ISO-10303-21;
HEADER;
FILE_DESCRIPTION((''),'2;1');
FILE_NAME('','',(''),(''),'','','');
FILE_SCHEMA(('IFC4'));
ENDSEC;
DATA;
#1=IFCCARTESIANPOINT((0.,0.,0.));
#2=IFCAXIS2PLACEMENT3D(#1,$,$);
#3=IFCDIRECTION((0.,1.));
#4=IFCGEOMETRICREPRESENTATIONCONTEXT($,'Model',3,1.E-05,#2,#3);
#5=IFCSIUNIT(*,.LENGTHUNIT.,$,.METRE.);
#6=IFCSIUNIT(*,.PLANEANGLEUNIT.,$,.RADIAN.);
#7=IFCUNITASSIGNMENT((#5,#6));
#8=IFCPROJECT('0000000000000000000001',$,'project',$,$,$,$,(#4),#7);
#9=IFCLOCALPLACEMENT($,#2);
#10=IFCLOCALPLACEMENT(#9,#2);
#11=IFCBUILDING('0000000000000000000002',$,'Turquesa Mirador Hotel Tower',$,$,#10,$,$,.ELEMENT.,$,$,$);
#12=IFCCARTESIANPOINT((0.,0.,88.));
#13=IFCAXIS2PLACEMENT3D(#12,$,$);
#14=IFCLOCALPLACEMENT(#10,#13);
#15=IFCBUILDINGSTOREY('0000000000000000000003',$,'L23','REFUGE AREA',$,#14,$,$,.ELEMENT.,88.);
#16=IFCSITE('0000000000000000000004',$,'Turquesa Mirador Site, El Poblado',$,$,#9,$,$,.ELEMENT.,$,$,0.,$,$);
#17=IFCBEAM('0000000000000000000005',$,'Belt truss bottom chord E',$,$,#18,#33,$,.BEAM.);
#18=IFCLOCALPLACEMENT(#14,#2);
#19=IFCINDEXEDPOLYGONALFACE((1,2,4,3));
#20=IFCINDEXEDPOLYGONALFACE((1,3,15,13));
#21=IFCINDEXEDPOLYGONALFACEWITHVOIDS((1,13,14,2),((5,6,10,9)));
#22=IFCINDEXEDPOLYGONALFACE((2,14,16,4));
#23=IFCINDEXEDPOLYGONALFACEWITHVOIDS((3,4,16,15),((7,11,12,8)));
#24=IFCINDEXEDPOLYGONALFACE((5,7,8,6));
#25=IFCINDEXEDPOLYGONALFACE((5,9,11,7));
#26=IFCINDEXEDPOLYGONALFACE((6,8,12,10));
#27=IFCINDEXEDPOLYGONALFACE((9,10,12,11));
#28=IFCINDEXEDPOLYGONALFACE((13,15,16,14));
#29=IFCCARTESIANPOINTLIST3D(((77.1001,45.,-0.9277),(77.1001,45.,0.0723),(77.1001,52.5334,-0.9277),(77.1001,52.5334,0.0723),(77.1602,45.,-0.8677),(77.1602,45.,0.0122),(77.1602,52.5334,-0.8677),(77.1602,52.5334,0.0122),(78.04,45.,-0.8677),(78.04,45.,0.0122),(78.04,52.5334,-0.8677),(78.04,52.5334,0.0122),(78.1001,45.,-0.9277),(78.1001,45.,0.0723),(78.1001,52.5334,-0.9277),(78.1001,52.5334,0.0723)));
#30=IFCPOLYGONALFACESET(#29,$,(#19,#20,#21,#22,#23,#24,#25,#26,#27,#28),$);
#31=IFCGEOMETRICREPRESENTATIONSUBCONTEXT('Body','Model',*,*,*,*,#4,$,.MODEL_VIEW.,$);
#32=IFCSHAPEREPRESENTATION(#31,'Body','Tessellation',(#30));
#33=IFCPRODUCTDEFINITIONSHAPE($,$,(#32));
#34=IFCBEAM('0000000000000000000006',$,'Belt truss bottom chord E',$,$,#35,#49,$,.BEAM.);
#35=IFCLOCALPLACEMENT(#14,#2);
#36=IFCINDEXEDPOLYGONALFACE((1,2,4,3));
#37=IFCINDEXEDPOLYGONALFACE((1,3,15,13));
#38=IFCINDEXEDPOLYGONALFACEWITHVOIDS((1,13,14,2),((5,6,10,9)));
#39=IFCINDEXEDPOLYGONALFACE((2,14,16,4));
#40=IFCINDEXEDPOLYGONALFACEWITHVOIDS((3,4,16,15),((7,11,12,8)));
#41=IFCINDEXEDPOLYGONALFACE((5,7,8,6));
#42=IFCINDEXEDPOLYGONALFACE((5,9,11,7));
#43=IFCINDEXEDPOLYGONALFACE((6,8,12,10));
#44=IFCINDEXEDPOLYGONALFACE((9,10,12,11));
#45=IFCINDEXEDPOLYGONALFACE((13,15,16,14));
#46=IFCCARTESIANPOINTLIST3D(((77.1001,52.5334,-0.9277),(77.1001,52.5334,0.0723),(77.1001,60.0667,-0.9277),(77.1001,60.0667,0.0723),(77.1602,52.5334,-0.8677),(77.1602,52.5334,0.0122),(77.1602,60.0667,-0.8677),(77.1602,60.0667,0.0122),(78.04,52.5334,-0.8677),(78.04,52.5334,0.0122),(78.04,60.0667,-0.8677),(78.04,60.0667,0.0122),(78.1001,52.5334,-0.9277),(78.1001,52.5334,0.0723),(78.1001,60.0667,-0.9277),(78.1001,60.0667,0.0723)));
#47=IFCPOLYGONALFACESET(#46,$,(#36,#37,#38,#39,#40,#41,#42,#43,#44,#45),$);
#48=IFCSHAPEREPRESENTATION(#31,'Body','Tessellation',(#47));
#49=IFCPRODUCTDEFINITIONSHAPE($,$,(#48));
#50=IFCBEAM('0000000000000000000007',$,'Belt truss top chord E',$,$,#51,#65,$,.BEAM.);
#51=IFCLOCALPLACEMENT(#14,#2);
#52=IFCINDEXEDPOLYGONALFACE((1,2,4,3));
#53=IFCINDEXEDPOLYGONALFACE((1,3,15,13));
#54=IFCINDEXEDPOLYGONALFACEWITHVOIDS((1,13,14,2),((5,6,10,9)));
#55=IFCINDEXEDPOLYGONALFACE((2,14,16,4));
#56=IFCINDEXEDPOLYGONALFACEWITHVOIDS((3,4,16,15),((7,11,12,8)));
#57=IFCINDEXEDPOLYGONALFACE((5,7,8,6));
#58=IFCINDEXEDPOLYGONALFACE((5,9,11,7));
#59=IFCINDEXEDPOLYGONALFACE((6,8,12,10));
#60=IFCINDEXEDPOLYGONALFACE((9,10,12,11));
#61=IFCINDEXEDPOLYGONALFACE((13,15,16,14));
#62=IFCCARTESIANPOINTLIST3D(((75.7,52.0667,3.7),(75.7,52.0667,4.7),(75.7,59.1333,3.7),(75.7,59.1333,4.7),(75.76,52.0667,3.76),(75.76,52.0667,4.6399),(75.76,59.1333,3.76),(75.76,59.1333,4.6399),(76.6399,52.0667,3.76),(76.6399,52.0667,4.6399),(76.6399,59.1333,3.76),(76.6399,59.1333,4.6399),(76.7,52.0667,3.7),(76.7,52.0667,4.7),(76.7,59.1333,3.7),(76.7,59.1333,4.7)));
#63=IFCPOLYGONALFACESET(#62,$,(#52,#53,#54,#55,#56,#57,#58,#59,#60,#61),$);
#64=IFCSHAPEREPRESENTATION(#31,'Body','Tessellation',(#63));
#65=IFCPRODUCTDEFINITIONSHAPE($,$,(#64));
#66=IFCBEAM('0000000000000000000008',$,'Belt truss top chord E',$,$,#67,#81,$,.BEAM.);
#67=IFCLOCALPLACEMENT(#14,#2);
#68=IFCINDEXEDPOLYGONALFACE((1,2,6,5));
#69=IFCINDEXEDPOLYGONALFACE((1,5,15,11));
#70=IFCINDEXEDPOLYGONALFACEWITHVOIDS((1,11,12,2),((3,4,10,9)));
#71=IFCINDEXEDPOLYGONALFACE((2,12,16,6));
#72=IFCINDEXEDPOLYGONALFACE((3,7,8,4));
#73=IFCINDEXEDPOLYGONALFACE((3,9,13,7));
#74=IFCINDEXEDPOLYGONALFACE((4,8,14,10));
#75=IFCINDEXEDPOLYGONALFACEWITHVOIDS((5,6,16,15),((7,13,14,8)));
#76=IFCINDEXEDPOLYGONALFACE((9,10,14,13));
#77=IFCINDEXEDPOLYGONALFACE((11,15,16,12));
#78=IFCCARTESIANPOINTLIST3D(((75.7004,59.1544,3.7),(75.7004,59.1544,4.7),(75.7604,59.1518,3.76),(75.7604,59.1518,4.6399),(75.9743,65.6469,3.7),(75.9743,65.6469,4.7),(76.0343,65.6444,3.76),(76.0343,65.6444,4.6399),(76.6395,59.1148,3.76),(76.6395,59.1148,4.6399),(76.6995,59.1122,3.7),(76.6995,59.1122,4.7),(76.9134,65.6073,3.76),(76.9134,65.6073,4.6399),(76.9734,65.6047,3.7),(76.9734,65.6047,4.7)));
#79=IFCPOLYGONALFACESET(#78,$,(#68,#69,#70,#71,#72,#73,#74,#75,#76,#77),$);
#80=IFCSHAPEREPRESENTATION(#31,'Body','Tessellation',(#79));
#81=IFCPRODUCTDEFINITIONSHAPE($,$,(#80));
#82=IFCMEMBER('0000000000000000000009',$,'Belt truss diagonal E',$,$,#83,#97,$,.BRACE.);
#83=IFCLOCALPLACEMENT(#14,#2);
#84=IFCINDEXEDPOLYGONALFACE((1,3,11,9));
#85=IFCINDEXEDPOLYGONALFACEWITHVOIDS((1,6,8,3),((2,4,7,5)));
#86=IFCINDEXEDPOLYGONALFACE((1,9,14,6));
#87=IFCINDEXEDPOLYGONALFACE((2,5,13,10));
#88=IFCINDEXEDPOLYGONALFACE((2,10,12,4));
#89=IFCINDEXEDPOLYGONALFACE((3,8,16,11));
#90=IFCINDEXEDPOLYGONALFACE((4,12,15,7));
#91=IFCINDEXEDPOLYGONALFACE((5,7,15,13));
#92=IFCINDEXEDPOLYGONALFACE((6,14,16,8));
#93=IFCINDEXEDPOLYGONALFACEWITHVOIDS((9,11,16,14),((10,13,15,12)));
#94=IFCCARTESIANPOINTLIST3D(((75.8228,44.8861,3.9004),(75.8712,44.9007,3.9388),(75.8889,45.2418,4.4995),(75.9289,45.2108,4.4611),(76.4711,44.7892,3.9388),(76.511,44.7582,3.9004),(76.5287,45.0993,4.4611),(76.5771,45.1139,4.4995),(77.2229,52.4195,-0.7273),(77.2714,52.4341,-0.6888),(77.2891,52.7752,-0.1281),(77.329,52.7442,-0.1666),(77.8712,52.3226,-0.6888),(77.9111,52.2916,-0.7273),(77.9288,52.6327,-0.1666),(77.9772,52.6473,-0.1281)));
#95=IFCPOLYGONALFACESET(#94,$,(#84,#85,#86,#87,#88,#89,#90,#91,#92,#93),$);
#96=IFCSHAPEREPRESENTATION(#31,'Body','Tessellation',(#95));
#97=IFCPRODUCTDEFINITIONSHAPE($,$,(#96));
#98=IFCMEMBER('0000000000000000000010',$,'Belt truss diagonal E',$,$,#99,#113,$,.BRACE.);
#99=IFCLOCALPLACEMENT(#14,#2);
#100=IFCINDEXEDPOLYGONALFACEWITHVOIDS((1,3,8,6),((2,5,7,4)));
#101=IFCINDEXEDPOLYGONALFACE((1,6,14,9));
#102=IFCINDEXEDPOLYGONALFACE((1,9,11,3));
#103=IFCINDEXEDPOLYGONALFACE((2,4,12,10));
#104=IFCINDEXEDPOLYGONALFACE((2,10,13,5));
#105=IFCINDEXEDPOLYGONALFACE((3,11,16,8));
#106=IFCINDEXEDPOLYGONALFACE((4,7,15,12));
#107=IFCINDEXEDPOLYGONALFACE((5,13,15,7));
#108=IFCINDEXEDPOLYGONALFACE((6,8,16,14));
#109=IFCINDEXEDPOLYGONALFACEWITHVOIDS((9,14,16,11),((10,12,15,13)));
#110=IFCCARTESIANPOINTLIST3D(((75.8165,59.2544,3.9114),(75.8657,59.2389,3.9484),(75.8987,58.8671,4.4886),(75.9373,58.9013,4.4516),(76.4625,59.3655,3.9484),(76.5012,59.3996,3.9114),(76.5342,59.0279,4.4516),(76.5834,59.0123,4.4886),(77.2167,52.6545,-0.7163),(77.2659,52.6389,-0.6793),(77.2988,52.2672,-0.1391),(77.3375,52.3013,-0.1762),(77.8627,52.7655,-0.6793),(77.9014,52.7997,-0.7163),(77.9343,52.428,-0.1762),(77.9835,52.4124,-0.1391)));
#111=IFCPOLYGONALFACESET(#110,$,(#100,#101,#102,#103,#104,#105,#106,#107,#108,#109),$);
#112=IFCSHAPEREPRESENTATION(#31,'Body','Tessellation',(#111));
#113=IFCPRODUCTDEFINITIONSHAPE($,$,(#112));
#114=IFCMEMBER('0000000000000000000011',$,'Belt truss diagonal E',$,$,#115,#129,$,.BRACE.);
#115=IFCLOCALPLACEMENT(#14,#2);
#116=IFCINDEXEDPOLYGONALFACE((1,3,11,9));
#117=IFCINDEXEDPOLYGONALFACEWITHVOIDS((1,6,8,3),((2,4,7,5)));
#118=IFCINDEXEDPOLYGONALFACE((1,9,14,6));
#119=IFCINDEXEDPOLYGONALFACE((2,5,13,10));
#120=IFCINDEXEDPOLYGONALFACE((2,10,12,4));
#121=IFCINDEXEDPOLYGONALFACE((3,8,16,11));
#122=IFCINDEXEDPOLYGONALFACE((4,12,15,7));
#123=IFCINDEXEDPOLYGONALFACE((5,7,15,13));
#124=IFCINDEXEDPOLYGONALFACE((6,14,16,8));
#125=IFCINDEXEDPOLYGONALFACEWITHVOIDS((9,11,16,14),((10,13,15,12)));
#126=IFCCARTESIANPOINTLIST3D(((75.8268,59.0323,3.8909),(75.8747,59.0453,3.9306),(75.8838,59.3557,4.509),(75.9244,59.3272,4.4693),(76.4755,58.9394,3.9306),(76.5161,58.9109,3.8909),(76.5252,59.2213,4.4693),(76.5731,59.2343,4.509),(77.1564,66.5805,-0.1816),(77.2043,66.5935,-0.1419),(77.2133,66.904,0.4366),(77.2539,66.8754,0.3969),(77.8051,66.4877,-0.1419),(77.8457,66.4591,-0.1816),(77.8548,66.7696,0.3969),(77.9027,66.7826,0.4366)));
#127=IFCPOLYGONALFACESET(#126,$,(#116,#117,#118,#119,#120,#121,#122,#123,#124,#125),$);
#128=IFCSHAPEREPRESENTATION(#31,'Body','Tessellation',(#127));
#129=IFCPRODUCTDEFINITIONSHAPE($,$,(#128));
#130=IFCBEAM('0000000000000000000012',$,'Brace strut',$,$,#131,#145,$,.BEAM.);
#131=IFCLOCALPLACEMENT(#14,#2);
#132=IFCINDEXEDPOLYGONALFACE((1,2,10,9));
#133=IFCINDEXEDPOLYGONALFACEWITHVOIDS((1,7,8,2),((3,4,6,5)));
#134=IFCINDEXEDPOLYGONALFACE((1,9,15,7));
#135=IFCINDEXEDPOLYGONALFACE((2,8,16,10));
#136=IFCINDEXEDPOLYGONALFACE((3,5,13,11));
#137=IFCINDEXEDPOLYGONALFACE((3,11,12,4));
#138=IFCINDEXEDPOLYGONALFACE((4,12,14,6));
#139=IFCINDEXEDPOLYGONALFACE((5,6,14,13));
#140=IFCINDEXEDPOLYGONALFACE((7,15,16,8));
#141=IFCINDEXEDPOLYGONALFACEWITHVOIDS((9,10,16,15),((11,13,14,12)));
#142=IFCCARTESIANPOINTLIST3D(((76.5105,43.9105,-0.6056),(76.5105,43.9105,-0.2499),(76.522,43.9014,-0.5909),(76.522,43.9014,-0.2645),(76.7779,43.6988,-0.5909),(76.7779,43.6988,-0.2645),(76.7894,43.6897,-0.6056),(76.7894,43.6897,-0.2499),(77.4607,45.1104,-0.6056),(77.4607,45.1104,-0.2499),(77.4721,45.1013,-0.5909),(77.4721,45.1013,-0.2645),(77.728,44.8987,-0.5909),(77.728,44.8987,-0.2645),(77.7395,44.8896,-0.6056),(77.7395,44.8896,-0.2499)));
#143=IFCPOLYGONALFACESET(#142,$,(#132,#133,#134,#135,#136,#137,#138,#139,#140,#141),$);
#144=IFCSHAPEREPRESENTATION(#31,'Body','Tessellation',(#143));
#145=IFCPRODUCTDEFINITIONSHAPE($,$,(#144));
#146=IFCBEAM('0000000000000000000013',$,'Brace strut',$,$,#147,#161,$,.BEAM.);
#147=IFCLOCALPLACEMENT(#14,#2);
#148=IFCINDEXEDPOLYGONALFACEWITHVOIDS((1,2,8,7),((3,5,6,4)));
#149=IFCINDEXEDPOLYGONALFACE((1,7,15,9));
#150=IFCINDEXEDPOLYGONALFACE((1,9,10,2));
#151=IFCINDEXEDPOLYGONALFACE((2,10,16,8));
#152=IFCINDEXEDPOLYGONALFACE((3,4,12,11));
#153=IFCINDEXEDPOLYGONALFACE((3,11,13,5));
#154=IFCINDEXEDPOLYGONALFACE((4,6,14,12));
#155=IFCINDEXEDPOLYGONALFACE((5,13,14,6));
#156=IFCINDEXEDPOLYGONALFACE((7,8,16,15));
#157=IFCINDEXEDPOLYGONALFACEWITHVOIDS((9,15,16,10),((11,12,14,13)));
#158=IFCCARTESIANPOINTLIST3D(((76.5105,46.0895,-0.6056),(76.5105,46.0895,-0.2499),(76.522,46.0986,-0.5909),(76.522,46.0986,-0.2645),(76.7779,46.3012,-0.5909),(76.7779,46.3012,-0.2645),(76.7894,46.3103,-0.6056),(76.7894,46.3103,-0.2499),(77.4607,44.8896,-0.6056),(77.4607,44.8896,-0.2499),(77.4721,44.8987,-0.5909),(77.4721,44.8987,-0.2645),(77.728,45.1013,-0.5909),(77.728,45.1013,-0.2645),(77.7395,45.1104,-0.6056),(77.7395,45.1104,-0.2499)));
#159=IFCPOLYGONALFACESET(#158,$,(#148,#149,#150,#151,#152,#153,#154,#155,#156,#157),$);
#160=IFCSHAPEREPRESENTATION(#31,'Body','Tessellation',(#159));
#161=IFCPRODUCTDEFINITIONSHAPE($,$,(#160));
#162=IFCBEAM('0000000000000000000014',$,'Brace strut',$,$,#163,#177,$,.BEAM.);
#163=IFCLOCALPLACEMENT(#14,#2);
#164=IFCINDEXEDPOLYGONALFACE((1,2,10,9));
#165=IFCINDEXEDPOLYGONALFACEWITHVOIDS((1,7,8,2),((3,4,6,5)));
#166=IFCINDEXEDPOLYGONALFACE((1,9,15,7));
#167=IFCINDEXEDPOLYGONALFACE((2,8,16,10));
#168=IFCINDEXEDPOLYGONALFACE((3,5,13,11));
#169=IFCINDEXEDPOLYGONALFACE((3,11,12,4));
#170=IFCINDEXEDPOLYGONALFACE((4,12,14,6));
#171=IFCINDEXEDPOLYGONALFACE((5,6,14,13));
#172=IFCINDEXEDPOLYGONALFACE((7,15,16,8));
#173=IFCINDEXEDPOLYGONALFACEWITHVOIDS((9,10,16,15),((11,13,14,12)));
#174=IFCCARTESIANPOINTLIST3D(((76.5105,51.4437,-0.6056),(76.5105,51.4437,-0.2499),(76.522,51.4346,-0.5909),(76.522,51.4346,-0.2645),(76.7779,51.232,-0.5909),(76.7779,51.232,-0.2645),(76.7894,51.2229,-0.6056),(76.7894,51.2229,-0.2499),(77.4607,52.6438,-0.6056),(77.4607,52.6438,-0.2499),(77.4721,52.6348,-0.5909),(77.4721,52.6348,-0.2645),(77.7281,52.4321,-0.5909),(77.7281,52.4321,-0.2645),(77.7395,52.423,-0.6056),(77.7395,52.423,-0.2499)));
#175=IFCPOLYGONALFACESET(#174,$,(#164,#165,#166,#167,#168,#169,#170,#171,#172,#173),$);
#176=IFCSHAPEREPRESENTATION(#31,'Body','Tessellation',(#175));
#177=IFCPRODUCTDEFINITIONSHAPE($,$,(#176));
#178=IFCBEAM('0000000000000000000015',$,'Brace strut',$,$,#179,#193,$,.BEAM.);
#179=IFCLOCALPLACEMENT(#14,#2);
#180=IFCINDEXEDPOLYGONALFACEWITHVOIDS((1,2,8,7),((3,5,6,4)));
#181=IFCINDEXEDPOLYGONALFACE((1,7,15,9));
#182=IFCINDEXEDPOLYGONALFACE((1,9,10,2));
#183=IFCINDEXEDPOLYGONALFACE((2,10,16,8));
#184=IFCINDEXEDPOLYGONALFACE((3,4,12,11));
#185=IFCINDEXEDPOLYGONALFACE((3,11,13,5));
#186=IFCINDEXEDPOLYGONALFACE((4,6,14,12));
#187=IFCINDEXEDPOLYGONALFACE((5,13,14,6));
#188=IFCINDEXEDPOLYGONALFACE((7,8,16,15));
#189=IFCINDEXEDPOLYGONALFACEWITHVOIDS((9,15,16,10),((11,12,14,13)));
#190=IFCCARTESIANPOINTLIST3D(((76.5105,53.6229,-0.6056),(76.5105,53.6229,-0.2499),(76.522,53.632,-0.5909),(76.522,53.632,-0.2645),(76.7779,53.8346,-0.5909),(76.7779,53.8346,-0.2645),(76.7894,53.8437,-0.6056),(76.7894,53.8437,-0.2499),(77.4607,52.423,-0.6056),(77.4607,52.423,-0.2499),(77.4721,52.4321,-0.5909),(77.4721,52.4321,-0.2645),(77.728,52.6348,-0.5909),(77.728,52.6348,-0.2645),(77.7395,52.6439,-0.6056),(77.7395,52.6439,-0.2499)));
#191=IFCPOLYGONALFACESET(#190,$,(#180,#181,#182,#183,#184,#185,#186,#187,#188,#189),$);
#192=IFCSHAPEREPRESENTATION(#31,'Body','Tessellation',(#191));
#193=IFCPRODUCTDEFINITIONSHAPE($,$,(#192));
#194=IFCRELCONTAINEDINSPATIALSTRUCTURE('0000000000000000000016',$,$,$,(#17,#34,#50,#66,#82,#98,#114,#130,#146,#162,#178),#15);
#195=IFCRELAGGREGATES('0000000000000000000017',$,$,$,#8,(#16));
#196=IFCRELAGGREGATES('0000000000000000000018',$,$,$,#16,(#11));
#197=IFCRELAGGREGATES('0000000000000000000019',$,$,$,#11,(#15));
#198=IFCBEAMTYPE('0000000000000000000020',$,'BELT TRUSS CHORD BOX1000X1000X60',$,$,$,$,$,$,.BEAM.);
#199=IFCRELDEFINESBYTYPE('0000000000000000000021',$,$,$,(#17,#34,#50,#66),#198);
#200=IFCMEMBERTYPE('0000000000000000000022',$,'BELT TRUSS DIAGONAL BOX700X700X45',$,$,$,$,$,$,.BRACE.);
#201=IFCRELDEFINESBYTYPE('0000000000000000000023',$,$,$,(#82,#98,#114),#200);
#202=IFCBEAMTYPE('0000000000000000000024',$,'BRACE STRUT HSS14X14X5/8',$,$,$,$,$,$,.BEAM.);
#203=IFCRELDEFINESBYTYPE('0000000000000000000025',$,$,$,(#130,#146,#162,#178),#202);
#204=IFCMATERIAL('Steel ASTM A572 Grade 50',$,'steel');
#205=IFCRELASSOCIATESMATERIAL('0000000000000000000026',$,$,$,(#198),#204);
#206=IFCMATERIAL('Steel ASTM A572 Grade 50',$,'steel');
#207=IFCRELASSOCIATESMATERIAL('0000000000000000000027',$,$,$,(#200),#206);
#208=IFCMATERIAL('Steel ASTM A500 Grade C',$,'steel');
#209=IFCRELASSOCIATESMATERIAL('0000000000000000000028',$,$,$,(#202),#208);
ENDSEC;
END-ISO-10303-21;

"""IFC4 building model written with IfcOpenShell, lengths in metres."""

from ifc_helpers import new_model, si_unit, direction, frame, origin, origin_2d, place, context, subcontext, project, spatial, hollow_rectangle, extrude, material, material_profile, profile_set, type_object, element, save


model = new_model("IFC4")

# Units and contexts
model_context = context("Model", 3, precision=1e-05, world=origin(), true_north=direction((0.0, 1.0)))
body_context = subcontext(model_context, "Body", "Model", "MODEL_VIEW")
ifc_project = project(units=[si_unit("LENGTHUNIT", "METRE"), si_unit("PLANEANGLEUNIT", "RADIAN")], contexts=[model_context])

# Site, building, storey
site_placement = place(None, origin())
site = spatial("IfcSite", under=ifc_project, at=site_placement, Name="Turquesa Mirador Site, El Poblado", CompositionType="ELEMENT", RefElevation=0.0)
building_placement = place(site_placement, origin())
building = spatial("IfcBuilding", under=site, at=building_placement, Name="Turquesa Mirador Hotel Tower", CompositionType="ELEMENT")
storey_placement = place(building_placement, frame((0.0, 0.0, 88.0)))
storey = spatial("IfcBuildingStorey", under=building, at=storey_placement, Name="L23", Description="REFUGE AREA", CompositionType="ELEMENT", Elevation=88.0)

# Beams
ifc_material_1 = material(Name="Steel ASTM A572 Grade 50", Category="steel")
ifc_material_profile_1 = material_profile(ifc_material_1, hollow_rectangle(XDim=1.0, YDim=1.0, WallThickness=0.0601, at=origin_2d()), Name="BOX1000X1000X60")
ifc_profile_set_1 = profile_set([ifc_material_profile_1], Name="Steel ASTM A572 Grade 50")
beam_type_1 = type_object("IfcBeamType", Name="BELT TRUSS CHORD BOX1000X1000X60", PredefinedType="BEAM", material=ifc_profile_set_1)
beam_1_placement = place(storey_placement, frame((77.6001, 45.0, -0.4277), z_axis=(0.0, 1.0, 0.0), x_axis=(-1.0, 0.0, 0.0)))
element("IfcBeam", 1, at=beam_1_placement, inside=storey, type_object=beam_type_1, Name="Belt truss bottom chord E", PredefinedType="BEAM", context=body_context, shape_type="SweptSolid", body=[
    extrude(hollow_rectangle(XDim=1.0, YDim=1.0, WallThickness=0.0601, at=origin_2d()), origin(), (0.0, 0.0, 1.0), 7.5334),
])
beam_2_placement = place(storey_placement, frame((77.6001, 52.5334, -0.4277), z_axis=(0.0, 1.0, 0.0), x_axis=(-1.0, 0.0, 0.0)))
element("IfcBeam", 2, at=beam_2_placement, inside=storey, type_object=beam_type_1, Name="Belt truss bottom chord E", PredefinedType="BEAM", context=body_context, shape_type="SweptSolid", body=[
    extrude(hollow_rectangle(XDim=1.0, YDim=1.0, WallThickness=0.0601, at=origin_2d()), origin(), (0.0, 0.0, 1.0), 7.5332),
])
beam_3_placement = place(storey_placement, frame((76.2, 52.0667, 4.2), z_axis=(0.0, 1.0, 0.0), x_axis=(-1.0, 0.0, 0.0)))
element("IfcBeam", 3, at=beam_3_placement, inside=storey, type_object=beam_type_1, Name="Belt truss top chord E", PredefinedType="BEAM", context=body_context, shape_type="SweptSolid", body=[
    extrude(hollow_rectangle(XDim=1.0, YDim=1.0, WallThickness=0.0601, at=origin_2d()), origin(), (0.0, 0.0, 1.0), 7.0667),
])
beam_4_placement = place(storey_placement, frame((76.2, 59.1333, 4.2), z_axis=(0.042154, 0.999111, 0.0), x_axis=(-0.999111, 0.042154, 0.0)))
element("IfcBeam", 4, at=beam_4_placement, inside=storey, type_object=beam_type_1, Name="Belt truss top chord E", PredefinedType="BEAM", context=body_context, shape_type="SweptSolid", body=[
    extrude(hollow_rectangle(XDim=1.0, YDim=1.0, WallThickness=0.0601, at=origin_2d()), origin(), (0.0, 0.0, 1.0), 6.4983),
])

# Members
ifc_material_2 = material(Name="Steel ASTM A572 Grade 50", Category="steel")
ifc_material_profile_2 = material_profile(ifc_material_2, hollow_rectangle(XDim=0.7, YDim=0.7, WallThickness=0.0449, at=origin_2d()), Name="BOX700X700X45")
ifc_profile_set_2 = profile_set([ifc_material_profile_2], Name="Steel ASTM A572 Grade 50")
member_type = type_object("IfcMemberType", Name="BELT TRUSS DIAGONAL BOX700X700X45", PredefinedType="BRACE", material=ifc_profile_set_2)
member_1_placement = place(storey_placement, frame((76.2, 45.0, 4.2), z_axis=(0.156415, 0.841588, -0.516975), x_axis=(-0.983163, 0.182728, 0.0)))
element("IfcMember", 5, at=member_1_placement, inside=storey, type_object=member_type, Name="Belt truss diagonal E", PredefinedType="BRACE", context=body_context, shape_type="SweptSolid", body=[
    extrude(hollow_rectangle(XDim=0.7, YDim=0.7, WallThickness=0.0449, at=origin_2d()), origin(), (0.0, 0.0, 1.0), 8.9514),
])
member_2_placement = place(storey_placement, frame((77.6001, 52.5334, -0.4277), z_axis=(-0.171139, 0.806698, 0.565641), x_axis=(-0.978229, -0.207529, 0.0)))
element("IfcMember", 6, at=member_2_placement, inside=storey, type_object=member_type, Name="Belt truss diagonal E", PredefinedType="BRACE", context=body_context, shape_type="SweptSolid", body=[
    extrude(hollow_rectangle(XDim=0.7, YDim=0.7, WallThickness=0.0449, at=origin_2d()), origin(), (0.0, 0.0, 1.0), 8.1814),
])
member_3_placement = place(storey_placement, frame((76.2, 59.1333, 4.2), z_axis=(0.153191, 0.869693, -0.46922), x_axis=(-0.984839, 0.173473, 0.0)))
element("IfcMember", 7, at=member_3_placement, inside=storey, type_object=member_type, Name="Belt truss diagonal E", PredefinedType="BRACE", context=body_context, shape_type="SweptSolid", body=[
    extrude(hollow_rectangle(XDim=0.7, YDim=0.7, WallThickness=0.0449, at=origin_2d()), origin(), (0.0, 0.0, 1.0), 8.6792),
])

# Beams
ifc_material_3 = material(Name="Steel ASTM A500 Grade C", Category="steel")
ifc_material_profile_3 = material_profile(ifc_material_3, hollow_rectangle(XDim=0.3557, YDim=0.3557, WallThickness=0.0146, at=origin_2d()), Name="HSS14X14X5/8")
ifc_profile_set_3 = profile_set([ifc_material_profile_3], Name="Steel ASTM A500 Grade C")
beam_type_2 = type_object("IfcBeamType", Name="BRACE STRUT HSS14X14X5/8", PredefinedType="BEAM", material=ifc_profile_set_3)
for number, where, z_axis, x_axis, name in (
    (8, (77.6001, 45.0, -0.4277), (-0.620797, -0.783971, 0.0), (0.783971, -0.620797, 0.0), "Brace strut"),
    (9, (77.6001, 45.0, -0.4277), (-0.620797, 0.783971, 0.0), (-0.783971, -0.620797, 0.0), "Brace strut"),
):
    element("IfcBeam", number, at=place(storey_placement, frame(where, z_axis=z_axis, x_axis=x_axis)), inside=storey, type_object=beam_type_2, Name=name, PredefinedType="BEAM", context=body_context, shape_type="SweptSolid", body=[
        extrude(hollow_rectangle(XDim=0.3557, YDim=0.3557, WallThickness=0.0146, at=origin_2d()), origin(), (0.0, 0.0, 1.0), 1.5305),
    ])
beam_5_placement = place(storey_placement, frame((77.6001, 52.5334, -0.4277), z_axis=(-0.620719, -0.784033, 0.0), x_axis=(0.784033, -0.620719, 0.0)))
element("IfcBeam", 10, at=beam_5_placement, inside=storey, type_object=beam_type_2, Name="Brace strut", PredefinedType="BEAM", context=body_context, shape_type="SweptSolid", body=[
    extrude(hollow_rectangle(XDim=0.3557, YDim=0.3557, WallThickness=0.0146, at=origin_2d()), origin(), (0.0, 0.0, 1.0), 1.5308),
])
beam_6_placement = place(storey_placement, frame((77.6001, 52.5334, -0.4277), z_axis=(-0.620797, 0.783971, 0.0), x_axis=(-0.783971, -0.620797, 0.0)))
element("IfcBeam", 11, at=beam_6_placement, inside=storey, type_object=beam_type_2, Name="Brace strut", PredefinedType="BEAM", context=body_context, shape_type="SweptSolid", body=[
    extrude(hollow_rectangle(XDim=0.3557, YDim=0.3557, WallThickness=0.0146, at=origin_2d()), origin(), (0.0, 0.0, 1.0), 1.5305),
])

save(model, "model.ifc")
